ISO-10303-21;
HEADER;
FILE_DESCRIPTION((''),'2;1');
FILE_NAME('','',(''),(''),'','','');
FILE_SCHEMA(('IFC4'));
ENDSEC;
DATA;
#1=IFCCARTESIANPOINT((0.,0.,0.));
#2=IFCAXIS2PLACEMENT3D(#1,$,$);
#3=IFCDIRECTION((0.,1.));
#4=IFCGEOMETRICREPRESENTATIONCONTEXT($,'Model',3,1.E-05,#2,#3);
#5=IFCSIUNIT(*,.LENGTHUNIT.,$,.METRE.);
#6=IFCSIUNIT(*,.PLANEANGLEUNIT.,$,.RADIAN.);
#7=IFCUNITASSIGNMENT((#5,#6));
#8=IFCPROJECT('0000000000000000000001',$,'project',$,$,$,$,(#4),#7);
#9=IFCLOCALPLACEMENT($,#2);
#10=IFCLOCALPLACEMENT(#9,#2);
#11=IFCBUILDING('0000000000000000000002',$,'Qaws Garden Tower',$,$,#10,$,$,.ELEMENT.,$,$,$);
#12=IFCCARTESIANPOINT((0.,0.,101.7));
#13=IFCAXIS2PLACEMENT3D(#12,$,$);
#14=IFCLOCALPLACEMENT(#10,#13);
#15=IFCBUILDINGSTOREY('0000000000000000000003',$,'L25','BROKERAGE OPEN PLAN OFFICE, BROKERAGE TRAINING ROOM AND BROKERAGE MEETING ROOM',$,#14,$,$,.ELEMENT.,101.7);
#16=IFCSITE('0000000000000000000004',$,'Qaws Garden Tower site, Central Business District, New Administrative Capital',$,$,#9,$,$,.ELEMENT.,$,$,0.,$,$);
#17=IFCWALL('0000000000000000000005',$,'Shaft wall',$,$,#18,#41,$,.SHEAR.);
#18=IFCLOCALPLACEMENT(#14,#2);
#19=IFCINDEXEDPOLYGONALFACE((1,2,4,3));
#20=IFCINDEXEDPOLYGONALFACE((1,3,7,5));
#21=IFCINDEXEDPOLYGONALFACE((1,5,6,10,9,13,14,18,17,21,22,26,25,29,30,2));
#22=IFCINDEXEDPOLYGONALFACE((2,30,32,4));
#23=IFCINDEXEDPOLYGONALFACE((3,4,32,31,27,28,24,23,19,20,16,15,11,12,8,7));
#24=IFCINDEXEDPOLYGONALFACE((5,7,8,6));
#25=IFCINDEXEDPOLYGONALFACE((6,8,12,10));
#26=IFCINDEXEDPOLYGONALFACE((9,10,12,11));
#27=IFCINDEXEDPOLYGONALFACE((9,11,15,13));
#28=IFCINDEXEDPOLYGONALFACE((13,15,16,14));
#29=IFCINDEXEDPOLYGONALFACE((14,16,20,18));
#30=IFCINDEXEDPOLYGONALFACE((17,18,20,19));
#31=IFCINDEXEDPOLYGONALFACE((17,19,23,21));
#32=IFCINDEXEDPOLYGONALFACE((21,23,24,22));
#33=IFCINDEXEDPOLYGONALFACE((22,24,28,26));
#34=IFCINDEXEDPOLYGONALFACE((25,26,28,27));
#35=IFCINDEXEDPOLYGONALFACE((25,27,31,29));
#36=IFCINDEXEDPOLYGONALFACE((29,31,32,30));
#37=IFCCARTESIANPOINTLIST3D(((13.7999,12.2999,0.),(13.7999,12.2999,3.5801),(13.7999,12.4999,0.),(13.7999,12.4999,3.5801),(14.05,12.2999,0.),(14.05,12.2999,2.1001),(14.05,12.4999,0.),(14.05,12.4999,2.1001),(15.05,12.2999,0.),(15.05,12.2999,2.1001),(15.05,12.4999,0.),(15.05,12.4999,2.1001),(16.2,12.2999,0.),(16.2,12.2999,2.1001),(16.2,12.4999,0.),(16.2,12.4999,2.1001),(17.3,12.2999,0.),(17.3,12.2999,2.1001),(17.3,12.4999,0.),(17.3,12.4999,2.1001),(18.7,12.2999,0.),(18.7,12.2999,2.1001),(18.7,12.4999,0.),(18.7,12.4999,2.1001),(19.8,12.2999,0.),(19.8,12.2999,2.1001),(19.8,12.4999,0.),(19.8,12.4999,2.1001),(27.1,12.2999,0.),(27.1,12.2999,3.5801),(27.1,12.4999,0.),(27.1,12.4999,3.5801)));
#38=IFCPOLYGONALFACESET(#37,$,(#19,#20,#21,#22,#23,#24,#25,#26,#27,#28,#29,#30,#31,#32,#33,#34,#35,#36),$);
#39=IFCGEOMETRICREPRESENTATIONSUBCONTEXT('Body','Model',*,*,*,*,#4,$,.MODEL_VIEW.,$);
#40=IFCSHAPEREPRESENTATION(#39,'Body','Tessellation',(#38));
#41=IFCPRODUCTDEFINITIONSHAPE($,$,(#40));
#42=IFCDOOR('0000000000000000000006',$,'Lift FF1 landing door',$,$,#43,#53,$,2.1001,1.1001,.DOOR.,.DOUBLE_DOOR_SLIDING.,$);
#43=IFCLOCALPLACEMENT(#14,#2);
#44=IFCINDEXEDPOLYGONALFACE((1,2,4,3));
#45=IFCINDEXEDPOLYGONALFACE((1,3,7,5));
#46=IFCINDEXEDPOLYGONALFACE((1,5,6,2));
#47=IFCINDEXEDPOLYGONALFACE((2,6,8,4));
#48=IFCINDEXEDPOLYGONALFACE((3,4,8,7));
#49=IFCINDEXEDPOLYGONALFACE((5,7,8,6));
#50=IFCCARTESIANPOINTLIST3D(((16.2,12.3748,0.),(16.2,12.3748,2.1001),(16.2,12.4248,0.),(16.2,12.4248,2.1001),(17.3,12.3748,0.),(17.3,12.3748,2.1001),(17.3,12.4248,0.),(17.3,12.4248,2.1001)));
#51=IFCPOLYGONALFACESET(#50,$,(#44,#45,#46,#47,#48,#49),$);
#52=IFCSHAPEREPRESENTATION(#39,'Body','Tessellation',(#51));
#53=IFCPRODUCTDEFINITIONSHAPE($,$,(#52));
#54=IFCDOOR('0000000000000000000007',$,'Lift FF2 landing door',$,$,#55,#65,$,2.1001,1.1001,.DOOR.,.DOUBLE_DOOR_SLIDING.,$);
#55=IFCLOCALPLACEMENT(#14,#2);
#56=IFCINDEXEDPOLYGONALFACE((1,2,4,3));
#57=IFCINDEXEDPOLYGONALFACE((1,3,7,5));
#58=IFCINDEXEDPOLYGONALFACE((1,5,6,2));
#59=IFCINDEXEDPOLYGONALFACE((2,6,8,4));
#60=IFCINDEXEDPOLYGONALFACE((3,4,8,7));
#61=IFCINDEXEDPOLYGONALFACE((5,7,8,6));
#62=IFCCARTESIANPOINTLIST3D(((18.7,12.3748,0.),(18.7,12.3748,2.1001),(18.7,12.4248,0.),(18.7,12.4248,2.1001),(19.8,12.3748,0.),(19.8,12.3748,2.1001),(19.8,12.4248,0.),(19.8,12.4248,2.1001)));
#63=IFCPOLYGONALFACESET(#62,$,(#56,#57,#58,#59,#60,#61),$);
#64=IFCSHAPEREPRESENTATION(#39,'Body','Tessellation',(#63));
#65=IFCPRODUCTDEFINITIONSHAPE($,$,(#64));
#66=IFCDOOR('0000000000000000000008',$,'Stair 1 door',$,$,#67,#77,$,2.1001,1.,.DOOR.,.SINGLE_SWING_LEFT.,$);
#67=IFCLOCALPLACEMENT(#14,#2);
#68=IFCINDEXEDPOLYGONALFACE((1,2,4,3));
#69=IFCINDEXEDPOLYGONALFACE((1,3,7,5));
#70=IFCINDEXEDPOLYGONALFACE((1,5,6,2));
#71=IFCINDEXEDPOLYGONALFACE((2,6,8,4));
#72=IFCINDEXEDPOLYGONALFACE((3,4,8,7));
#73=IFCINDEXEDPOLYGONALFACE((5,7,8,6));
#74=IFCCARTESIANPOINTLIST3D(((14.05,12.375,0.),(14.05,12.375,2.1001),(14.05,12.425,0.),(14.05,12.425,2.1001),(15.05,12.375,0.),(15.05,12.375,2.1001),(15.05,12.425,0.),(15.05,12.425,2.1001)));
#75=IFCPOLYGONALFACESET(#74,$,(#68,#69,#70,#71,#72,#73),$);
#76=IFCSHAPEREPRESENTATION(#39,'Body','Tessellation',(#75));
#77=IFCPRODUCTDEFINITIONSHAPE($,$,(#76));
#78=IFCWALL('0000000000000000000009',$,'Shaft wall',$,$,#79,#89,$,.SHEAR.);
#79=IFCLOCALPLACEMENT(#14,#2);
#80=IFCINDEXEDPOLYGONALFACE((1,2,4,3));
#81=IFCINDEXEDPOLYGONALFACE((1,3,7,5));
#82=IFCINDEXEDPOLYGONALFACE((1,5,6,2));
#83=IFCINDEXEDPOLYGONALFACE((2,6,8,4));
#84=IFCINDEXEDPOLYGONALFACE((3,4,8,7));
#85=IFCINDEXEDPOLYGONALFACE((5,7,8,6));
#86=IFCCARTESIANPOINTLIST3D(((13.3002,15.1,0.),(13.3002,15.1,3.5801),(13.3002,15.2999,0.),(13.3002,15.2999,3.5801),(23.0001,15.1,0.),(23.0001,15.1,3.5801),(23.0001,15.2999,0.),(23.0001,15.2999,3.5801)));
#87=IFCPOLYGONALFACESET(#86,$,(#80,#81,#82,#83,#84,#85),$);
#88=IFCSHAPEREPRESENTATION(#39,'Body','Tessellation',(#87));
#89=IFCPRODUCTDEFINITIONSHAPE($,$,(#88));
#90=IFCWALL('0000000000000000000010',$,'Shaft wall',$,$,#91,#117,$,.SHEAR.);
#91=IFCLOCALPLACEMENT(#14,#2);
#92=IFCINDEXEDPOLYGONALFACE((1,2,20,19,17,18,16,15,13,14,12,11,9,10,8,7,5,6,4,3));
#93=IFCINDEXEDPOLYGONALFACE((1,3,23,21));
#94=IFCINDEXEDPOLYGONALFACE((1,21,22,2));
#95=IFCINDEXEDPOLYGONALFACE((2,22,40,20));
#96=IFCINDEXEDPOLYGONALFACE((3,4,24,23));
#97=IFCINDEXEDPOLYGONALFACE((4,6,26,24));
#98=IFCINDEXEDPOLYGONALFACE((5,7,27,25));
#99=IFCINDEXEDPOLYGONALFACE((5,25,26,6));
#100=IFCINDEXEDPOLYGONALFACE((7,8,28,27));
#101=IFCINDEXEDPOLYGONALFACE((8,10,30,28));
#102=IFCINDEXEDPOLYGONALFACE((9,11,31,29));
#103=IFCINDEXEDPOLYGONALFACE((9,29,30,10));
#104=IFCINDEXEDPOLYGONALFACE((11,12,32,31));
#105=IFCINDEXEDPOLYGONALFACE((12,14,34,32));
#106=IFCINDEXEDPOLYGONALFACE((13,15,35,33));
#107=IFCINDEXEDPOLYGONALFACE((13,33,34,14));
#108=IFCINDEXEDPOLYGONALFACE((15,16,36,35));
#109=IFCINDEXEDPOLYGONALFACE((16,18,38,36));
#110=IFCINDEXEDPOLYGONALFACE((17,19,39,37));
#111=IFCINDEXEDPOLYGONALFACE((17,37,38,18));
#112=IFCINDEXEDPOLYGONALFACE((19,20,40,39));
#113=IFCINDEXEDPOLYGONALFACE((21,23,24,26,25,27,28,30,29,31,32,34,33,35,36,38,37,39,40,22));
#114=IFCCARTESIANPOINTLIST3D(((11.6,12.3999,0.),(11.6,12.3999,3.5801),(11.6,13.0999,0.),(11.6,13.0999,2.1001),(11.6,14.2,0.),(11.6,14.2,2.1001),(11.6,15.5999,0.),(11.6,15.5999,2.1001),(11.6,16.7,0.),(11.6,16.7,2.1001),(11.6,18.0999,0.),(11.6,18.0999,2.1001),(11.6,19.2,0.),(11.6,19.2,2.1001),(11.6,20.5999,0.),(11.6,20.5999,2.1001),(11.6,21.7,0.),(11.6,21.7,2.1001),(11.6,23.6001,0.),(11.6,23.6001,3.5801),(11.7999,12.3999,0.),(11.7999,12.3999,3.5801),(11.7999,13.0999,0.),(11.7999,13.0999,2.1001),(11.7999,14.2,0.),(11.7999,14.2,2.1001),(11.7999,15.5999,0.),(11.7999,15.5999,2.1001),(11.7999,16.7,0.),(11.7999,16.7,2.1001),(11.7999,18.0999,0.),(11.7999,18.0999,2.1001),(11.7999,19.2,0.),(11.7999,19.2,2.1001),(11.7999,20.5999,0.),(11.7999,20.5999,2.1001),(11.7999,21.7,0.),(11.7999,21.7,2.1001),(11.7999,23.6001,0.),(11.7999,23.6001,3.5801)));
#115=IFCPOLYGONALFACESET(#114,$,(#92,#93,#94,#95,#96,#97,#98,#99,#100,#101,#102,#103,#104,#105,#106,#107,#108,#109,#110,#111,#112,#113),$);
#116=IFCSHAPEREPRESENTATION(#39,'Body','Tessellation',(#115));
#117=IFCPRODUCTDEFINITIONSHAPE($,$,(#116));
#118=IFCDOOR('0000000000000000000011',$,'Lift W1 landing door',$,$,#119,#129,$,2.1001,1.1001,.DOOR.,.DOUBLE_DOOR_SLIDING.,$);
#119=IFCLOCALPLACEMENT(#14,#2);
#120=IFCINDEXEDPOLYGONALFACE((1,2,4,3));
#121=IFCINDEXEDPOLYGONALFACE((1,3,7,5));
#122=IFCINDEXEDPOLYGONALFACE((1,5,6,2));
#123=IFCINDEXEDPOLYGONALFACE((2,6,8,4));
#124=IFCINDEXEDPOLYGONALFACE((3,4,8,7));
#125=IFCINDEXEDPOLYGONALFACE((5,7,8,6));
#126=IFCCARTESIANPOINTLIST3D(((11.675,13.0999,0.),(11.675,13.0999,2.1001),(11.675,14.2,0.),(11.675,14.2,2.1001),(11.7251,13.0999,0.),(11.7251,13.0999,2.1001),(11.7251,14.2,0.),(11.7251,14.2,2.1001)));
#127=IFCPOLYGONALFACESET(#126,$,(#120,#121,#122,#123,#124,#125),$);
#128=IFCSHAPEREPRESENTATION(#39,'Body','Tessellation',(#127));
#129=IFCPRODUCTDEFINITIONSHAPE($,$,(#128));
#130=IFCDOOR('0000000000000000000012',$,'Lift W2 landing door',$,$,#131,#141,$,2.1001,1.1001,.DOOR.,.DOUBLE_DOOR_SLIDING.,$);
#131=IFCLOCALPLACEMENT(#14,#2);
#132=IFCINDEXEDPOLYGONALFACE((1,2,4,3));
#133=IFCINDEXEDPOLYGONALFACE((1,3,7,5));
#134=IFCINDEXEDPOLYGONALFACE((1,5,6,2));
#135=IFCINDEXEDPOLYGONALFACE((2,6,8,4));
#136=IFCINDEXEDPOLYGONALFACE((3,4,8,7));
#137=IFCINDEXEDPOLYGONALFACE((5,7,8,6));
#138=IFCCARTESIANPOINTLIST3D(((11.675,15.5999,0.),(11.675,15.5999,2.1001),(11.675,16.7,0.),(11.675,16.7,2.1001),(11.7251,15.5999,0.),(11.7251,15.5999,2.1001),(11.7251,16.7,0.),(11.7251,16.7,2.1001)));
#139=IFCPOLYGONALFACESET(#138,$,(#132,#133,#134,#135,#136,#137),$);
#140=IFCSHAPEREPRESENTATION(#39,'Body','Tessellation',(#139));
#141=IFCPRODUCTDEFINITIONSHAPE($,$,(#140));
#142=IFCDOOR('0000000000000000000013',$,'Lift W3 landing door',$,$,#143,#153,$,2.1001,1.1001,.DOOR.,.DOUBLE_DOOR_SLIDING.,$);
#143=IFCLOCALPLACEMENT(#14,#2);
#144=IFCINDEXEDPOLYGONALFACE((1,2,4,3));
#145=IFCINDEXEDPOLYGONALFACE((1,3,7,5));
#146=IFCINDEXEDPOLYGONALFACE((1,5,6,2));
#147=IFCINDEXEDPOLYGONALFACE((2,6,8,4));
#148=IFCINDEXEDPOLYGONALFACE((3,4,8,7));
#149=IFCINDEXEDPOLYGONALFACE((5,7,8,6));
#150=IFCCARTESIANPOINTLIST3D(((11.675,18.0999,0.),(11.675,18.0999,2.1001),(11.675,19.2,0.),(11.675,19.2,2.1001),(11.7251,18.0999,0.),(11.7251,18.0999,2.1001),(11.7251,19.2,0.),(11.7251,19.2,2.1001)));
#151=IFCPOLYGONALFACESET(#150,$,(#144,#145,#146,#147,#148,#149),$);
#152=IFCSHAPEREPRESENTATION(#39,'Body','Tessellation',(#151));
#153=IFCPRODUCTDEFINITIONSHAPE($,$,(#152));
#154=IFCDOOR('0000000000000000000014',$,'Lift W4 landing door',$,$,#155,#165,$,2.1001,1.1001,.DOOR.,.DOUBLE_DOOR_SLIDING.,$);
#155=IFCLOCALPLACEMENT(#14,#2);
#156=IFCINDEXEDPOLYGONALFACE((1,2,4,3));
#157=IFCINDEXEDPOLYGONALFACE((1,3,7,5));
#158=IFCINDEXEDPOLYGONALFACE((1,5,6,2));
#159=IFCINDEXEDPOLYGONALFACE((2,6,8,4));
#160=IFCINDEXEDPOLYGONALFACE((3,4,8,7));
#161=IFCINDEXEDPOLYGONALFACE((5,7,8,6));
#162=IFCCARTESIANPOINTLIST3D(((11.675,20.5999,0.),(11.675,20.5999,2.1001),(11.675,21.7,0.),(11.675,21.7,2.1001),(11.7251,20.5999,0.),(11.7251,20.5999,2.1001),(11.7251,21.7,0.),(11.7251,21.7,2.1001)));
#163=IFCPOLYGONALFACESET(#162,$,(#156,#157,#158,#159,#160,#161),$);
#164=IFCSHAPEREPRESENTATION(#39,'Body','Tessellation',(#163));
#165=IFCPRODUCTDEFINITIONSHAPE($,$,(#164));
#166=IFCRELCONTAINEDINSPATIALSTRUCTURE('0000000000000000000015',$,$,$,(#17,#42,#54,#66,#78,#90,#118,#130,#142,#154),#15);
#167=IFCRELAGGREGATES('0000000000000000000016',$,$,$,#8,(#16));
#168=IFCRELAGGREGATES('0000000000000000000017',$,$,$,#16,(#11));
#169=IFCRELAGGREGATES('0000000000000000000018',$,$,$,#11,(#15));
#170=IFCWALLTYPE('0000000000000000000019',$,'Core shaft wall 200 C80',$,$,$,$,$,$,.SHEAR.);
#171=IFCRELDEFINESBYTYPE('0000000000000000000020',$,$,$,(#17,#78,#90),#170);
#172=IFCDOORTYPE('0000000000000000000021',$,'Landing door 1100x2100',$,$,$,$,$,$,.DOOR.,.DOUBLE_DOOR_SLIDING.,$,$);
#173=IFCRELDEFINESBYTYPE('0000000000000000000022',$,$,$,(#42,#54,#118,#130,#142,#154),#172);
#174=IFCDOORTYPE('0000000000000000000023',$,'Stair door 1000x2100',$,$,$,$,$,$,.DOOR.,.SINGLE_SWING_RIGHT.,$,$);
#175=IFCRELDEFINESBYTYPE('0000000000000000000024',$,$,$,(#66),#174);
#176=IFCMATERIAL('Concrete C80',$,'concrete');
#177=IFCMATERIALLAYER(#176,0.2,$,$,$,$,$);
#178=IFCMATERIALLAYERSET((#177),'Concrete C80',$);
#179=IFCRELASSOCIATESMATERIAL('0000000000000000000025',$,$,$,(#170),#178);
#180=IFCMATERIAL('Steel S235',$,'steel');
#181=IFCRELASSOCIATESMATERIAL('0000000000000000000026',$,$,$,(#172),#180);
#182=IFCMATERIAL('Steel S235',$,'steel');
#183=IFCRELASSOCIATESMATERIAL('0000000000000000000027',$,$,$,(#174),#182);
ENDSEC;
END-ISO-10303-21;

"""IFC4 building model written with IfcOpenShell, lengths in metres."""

from ifc_helpers import new_model, si_unit, direction, frame, frame_2d, origin, place, context, subcontext, project, spatial, rectangle, extrude, material, layer, layer_set, type_object, element, fill, save


model = new_model("IFC4")

# Units and contexts
model_context = context("Model", 3, precision=1e-05, world=origin(), true_north=direction((0.0, 1.0)))
body_context = subcontext(model_context, "Body", "Model", "MODEL_VIEW")
ifc_project = project(units=[si_unit("LENGTHUNIT", "METRE"), si_unit("PLANEANGLEUNIT", "RADIAN")], contexts=[model_context])

# Site, building, storey
site_placement = place(None, origin())
site = spatial("IfcSite", under=ifc_project, at=site_placement, Name="Qaws Garden Tower site, Central Business District, New Administrative Capital", CompositionType="ELEMENT", RefElevation=0.0)
building_placement = place(site_placement, origin())
building = spatial("IfcBuilding", under=site, at=building_placement, Name="Qaws Garden Tower", CompositionType="ELEMENT")
storey_placement = place(building_placement, frame((0.0, 0.0, 101.7)))
storey = spatial("IfcBuildingStorey", under=building, at=storey_placement, Name="L25", Description="BROKERAGE OPEN PLAN OFFICE, BROKERAGE TRAINING ROOM AND BROKERAGE MEETING ROOM", CompositionType="ELEMENT", Elevation=101.7)

# Wall, openings, doors
ifc_material_1 = material(Name="Concrete C80", Category="concrete")
ifc_layer_1 = layer(ifc_material_1, 0.2)
ifc_layer_set_1 = layer_set([ifc_layer_1], Name="Concrete C80")
wall_type_1 = type_object("IfcWallType", Name="Core shaft wall 200 C80", PredefinedType="SHEAR", material=ifc_layer_set_1)
wall_1_placement = place(storey_placement, frame((13.8, 12.3999, 0.0), z_axis=(0.0, 0.0, 1.0), x_axis=(1.0, 0.0, 0.0)))
wall_1 = element("IfcWall", 1, at=wall_1_placement, inside=storey, type_object=wall_type_1, Name="Shaft wall", PredefinedType="SHEAR", context=body_context, shape_type="SweptSolid", body=[
    extrude(rectangle(XDim=13.3, YDim=0.2, at=frame_2d((6.6499, 0.0))), origin(), (0.0, 0.0, 1.0), 3.5801),
])
opening_1_placement = place(wall_1_placement, frame((2.3999, 0.0, 0.0)))
opening_1 = element("IfcOpeningElement", 2, at=opening_1_placement, cuts=wall_1, PredefinedType="OPENING", context=body_context, shape_type="SweptSolid", body=[
    extrude(rectangle(XDim=1.1001, YDim=2.1001, at=frame_2d((0.55, 1.05))), frame((0.0, 0.1099, 0.0), z_axis=(0.0, -1.0, 0.0), x_axis=(1.0, 0.0, 0.0)), (0.0, 0.0, 1.0), 0.22),
])
opening_2_placement = place(wall_1_placement, frame((4.8999, 0.0, 0.0)))
opening_2 = element("IfcOpeningElement", 3, at=opening_2_placement, cuts=wall_1, PredefinedType="OPENING", context=body_context, shape_type="SweptSolid", body=[
    extrude(rectangle(XDim=1.1001, YDim=2.1001, at=frame_2d((0.55, 1.05))), frame((0.0, 0.1099, 0.0), z_axis=(0.0, -1.0, 0.0), x_axis=(1.0, 0.0, 0.0)), (0.0, 0.0, 1.0), 0.22),
])
opening_3_placement = place(wall_1_placement, frame((0.25, 0.0, 0.0)))
opening_3 = element("IfcOpeningElement", 4, at=opening_3_placement, cuts=wall_1, PredefinedType="OPENING", context=body_context, shape_type="SweptSolid", body=[
    extrude(rectangle(XDim=1.0, YDim=2.1001, at=frame_2d((0.5, 1.05))), frame((0.0, 0.1099, 0.0), z_axis=(0.0, -1.0, 0.0), x_axis=(1.0, 0.0, 0.0)), (0.0, 0.0, 1.0), 0.22),
])
ifc_material_2 = material(Name="Steel S235", Category="steel")
door_type_1 = type_object("IfcDoorType", Name="Landing door 1100x2100", OperationType="DOUBLE_DOOR_SLIDING", PredefinedType="DOOR", material=ifc_material_2)
door_1_placement = place(opening_1_placement, origin())
door_1 = element("IfcDoor", 5, at=door_1_placement, inside=storey, type_object=door_type_1, Name="Lift FF1 landing door", OperationType="DOUBLE_DOOR_SLIDING", OverallHeight=2.1001, OverallWidth=1.1001, PredefinedType="DOOR", context=body_context, shape_type="SweptSolid", body=[
    extrude(rectangle(XDim=1.1001, YDim=2.1001, at=frame_2d((0.55, 1.05))), frame((0.0, 0.0249, 0.0), z_axis=(0.0, -1.0, 0.0), x_axis=(1.0, 0.0, 0.0)), (0.0, 0.0, 1.0), 0.05),
])
fill(opening_1, door_1)
door_2_placement = place(opening_2_placement, origin())
door_2 = element("IfcDoor", 6, at=door_2_placement, inside=storey, type_object=door_type_1, Name="Lift FF2 landing door", OperationType="DOUBLE_DOOR_SLIDING", OverallHeight=2.1001, OverallWidth=1.1001, PredefinedType="DOOR", context=body_context, shape_type="SweptSolid", body=[
    extrude(rectangle(XDim=1.1001, YDim=2.1001, at=frame_2d((0.55, 1.05))), frame((0.0, 0.0249, 0.0), z_axis=(0.0, -1.0, 0.0), x_axis=(1.0, 0.0, 0.0)), (0.0, 0.0, 1.0), 0.05),
])
fill(opening_2, door_2)
ifc_material_3 = material(Name="Steel S235", Category="steel")
door_type_2 = type_object("IfcDoorType", Name="Stair door 1000x2100", OperationType="SINGLE_SWING_RIGHT", PredefinedType="DOOR", material=ifc_material_3)
door_3_placement = place(opening_3_placement, frame((1.0, 0.0, 0.0), z_axis=(0.0, 0.0, 1.0), x_axis=(-1.0, 0.0, 0.0)))
door_3 = element("IfcDoor", 7, at=door_3_placement, inside=storey, type_object=door_type_2, Name="Stair 1 door", OperationType="SINGLE_SWING_LEFT", OverallHeight=2.1001, OverallWidth=1.0, PredefinedType="DOOR", context=body_context, shape_type="SweptSolid", body=[
    extrude(rectangle(XDim=1.0, YDim=2.1001, at=frame_2d((0.5, 1.05))), frame((0.0, 0.0249, 0.0), z_axis=(0.0, -1.0, 0.0), x_axis=(1.0, 0.0, 0.0)), (0.0, 0.0, 1.0), 0.05),
])
fill(opening_3, door_3)

# Wall
wall_2_placement = place(storey_placement, frame((13.3, 15.2, 0.0), z_axis=(0.0, 0.0, 1.0), x_axis=(1.0, 0.0, 0.0)))
element("IfcWall", 8, at=wall_2_placement, inside=storey, type_object=wall_type_1, Name="Shaft wall", PredefinedType="SHEAR", context=body_context, shape_type="SweptSolid", body=[
    extrude(rectangle(XDim=9.7, YDim=0.2, at=frame_2d((4.8501, 0.0))), origin(), (0.0, 0.0, 1.0), 3.5801),
])

# Wall, openings, doors
wall_3_placement = place(storey_placement, frame((11.7, 12.3999, 0.0), z_axis=(0.0, 0.0, 1.0), x_axis=(0.0, 1.0, 0.0)))
wall_3 = element("IfcWall", 9, at=wall_3_placement, inside=storey, type_object=wall_type_1, Name="Shaft wall", PredefinedType="SHEAR", context=body_context, shape_type="SweptSolid", body=[
    extrude(rectangle(XDim=11.2002, YDim=0.2, at=frame_2d((5.6001, 0.0))), origin(), (0.0, 0.0, 1.0), 3.5801),
])
opening_4_placement = place(wall_3_placement, frame((0.7, 0.0, 0.0)))
opening_4 = element("IfcOpeningElement", 10, at=opening_4_placement, cuts=wall_3, PredefinedType="OPENING", context=body_context, shape_type="SweptSolid", body=[
    extrude(rectangle(XDim=1.1001, YDim=2.1001, at=frame_2d((0.55, 1.05))), frame((0.0, 0.1099, 0.0), z_axis=(0.0, -1.0, 0.0), x_axis=(1.0, 0.0, 0.0)), (0.0, 0.0, 1.0), 0.22),
])
opening_5_placement = place(wall_3_placement, frame((3.2, 0.0, 0.0)))
opening_5 = element("IfcOpeningElement", 11, at=opening_5_placement, cuts=wall_3, PredefinedType="OPENING", context=body_context, shape_type="SweptSolid", body=[
    extrude(rectangle(XDim=1.1001, YDim=2.1001, at=frame_2d((0.55, 1.05))), frame((0.0, 0.1099, 0.0), z_axis=(0.0, -1.0, 0.0), x_axis=(1.0, 0.0, 0.0)), (0.0, 0.0, 1.0), 0.22),
])
opening_6_placement = place(wall_3_placement, frame((5.7, 0.0, 0.0)))
opening_6 = element("IfcOpeningElement", 12, at=opening_6_placement, cuts=wall_3, PredefinedType="OPENING", context=body_context, shape_type="SweptSolid", body=[
    extrude(rectangle(XDim=1.1001, YDim=2.1001, at=frame_2d((0.55, 1.05))), frame((0.0, 0.1099, 0.0), z_axis=(0.0, -1.0, 0.0), x_axis=(1.0, 0.0, 0.0)), (0.0, 0.0, 1.0), 0.22),
])
opening_7_placement = place(wall_3_placement, frame((8.2, 0.0, 0.0)))
opening_7 = element("IfcOpeningElement", 13, at=opening_7_placement, cuts=wall_3, PredefinedType="OPENING", context=body_context, shape_type="SweptSolid", body=[
    extrude(rectangle(XDim=1.1001, YDim=2.1001, at=frame_2d((0.55, 1.05))), frame((0.0, 0.1099, 0.0), z_axis=(0.0, -1.0, 0.0), x_axis=(1.0, 0.0, 0.0)), (0.0, 0.0, 1.0), 0.22),
])
door_4_placement = place(opening_4_placement, origin())
door_4 = element("IfcDoor", 14, at=door_4_placement, inside=storey, type_object=door_type_1, Name="Lift W1 landing door", OperationType="DOUBLE_DOOR_SLIDING", OverallHeight=2.1001, OverallWidth=1.1001, PredefinedType="DOOR", context=body_context, shape_type="SweptSolid", body=[
    extrude(rectangle(XDim=1.1001, YDim=2.1001, at=frame_2d((0.55, 1.05))), frame((0.0, 0.0249, 0.0), z_axis=(0.0, -1.0, 0.0), x_axis=(1.0, 0.0, 0.0)), (0.0, 0.0, 1.0), 0.05),
])
fill(opening_4, door_4)
door_5_placement = place(opening_5_placement, origin())
door_5 = element("IfcDoor", 15, at=door_5_placement, inside=storey, type_object=door_type_1, Name="Lift W2 landing door", OperationType="DOUBLE_DOOR_SLIDING", OverallHeight=2.1001, OverallWidth=1.1001, PredefinedType="DOOR", context=body_context, shape_type="SweptSolid", body=[
    extrude(rectangle(XDim=1.1001, YDim=2.1001, at=frame_2d((0.55, 1.05))), frame((0.0, 0.0249, 0.0), z_axis=(0.0, -1.0, 0.0), x_axis=(1.0, 0.0, 0.0)), (0.0, 0.0, 1.0), 0.05),
])
fill(opening_5, door_5)
door_6_placement = place(opening_6_placement, origin())
door_6 = element("IfcDoor", 16, at=door_6_placement, inside=storey, type_object=door_type_1, Name="Lift W3 landing door", OperationType="DOUBLE_DOOR_SLIDING", OverallHeight=2.1001, OverallWidth=1.1001, PredefinedType="DOOR", context=body_context, shape_type="SweptSolid", body=[
    extrude(rectangle(XDim=1.1001, YDim=2.1001, at=frame_2d((0.55, 1.05))), frame((0.0, 0.0249, 0.0), z_axis=(0.0, -1.0, 0.0), x_axis=(1.0, 0.0, 0.0)), (0.0, 0.0, 1.0), 0.05),
])
fill(opening_6, door_6)
door_7_placement = place(opening_7_placement, origin())
door_7 = element("IfcDoor", 17, at=door_7_placement, inside=storey, type_object=door_type_1, Name="Lift W4 landing door", OperationType="DOUBLE_DOOR_SLIDING", OverallHeight=2.1001, OverallWidth=1.1001, PredefinedType="DOOR", context=body_context, shape_type="SweptSolid", body=[
    extrude(rectangle(XDim=1.1001, YDim=2.1001, at=frame_2d((0.55, 1.05))), frame((0.0, 0.0249, 0.0), z_axis=(0.0, -1.0, 0.0), x_axis=(1.0, 0.0, 0.0)), (0.0, 0.0, 1.0), 0.05),
])
fill(opening_7, door_7)

save(model, "model.ifc")
